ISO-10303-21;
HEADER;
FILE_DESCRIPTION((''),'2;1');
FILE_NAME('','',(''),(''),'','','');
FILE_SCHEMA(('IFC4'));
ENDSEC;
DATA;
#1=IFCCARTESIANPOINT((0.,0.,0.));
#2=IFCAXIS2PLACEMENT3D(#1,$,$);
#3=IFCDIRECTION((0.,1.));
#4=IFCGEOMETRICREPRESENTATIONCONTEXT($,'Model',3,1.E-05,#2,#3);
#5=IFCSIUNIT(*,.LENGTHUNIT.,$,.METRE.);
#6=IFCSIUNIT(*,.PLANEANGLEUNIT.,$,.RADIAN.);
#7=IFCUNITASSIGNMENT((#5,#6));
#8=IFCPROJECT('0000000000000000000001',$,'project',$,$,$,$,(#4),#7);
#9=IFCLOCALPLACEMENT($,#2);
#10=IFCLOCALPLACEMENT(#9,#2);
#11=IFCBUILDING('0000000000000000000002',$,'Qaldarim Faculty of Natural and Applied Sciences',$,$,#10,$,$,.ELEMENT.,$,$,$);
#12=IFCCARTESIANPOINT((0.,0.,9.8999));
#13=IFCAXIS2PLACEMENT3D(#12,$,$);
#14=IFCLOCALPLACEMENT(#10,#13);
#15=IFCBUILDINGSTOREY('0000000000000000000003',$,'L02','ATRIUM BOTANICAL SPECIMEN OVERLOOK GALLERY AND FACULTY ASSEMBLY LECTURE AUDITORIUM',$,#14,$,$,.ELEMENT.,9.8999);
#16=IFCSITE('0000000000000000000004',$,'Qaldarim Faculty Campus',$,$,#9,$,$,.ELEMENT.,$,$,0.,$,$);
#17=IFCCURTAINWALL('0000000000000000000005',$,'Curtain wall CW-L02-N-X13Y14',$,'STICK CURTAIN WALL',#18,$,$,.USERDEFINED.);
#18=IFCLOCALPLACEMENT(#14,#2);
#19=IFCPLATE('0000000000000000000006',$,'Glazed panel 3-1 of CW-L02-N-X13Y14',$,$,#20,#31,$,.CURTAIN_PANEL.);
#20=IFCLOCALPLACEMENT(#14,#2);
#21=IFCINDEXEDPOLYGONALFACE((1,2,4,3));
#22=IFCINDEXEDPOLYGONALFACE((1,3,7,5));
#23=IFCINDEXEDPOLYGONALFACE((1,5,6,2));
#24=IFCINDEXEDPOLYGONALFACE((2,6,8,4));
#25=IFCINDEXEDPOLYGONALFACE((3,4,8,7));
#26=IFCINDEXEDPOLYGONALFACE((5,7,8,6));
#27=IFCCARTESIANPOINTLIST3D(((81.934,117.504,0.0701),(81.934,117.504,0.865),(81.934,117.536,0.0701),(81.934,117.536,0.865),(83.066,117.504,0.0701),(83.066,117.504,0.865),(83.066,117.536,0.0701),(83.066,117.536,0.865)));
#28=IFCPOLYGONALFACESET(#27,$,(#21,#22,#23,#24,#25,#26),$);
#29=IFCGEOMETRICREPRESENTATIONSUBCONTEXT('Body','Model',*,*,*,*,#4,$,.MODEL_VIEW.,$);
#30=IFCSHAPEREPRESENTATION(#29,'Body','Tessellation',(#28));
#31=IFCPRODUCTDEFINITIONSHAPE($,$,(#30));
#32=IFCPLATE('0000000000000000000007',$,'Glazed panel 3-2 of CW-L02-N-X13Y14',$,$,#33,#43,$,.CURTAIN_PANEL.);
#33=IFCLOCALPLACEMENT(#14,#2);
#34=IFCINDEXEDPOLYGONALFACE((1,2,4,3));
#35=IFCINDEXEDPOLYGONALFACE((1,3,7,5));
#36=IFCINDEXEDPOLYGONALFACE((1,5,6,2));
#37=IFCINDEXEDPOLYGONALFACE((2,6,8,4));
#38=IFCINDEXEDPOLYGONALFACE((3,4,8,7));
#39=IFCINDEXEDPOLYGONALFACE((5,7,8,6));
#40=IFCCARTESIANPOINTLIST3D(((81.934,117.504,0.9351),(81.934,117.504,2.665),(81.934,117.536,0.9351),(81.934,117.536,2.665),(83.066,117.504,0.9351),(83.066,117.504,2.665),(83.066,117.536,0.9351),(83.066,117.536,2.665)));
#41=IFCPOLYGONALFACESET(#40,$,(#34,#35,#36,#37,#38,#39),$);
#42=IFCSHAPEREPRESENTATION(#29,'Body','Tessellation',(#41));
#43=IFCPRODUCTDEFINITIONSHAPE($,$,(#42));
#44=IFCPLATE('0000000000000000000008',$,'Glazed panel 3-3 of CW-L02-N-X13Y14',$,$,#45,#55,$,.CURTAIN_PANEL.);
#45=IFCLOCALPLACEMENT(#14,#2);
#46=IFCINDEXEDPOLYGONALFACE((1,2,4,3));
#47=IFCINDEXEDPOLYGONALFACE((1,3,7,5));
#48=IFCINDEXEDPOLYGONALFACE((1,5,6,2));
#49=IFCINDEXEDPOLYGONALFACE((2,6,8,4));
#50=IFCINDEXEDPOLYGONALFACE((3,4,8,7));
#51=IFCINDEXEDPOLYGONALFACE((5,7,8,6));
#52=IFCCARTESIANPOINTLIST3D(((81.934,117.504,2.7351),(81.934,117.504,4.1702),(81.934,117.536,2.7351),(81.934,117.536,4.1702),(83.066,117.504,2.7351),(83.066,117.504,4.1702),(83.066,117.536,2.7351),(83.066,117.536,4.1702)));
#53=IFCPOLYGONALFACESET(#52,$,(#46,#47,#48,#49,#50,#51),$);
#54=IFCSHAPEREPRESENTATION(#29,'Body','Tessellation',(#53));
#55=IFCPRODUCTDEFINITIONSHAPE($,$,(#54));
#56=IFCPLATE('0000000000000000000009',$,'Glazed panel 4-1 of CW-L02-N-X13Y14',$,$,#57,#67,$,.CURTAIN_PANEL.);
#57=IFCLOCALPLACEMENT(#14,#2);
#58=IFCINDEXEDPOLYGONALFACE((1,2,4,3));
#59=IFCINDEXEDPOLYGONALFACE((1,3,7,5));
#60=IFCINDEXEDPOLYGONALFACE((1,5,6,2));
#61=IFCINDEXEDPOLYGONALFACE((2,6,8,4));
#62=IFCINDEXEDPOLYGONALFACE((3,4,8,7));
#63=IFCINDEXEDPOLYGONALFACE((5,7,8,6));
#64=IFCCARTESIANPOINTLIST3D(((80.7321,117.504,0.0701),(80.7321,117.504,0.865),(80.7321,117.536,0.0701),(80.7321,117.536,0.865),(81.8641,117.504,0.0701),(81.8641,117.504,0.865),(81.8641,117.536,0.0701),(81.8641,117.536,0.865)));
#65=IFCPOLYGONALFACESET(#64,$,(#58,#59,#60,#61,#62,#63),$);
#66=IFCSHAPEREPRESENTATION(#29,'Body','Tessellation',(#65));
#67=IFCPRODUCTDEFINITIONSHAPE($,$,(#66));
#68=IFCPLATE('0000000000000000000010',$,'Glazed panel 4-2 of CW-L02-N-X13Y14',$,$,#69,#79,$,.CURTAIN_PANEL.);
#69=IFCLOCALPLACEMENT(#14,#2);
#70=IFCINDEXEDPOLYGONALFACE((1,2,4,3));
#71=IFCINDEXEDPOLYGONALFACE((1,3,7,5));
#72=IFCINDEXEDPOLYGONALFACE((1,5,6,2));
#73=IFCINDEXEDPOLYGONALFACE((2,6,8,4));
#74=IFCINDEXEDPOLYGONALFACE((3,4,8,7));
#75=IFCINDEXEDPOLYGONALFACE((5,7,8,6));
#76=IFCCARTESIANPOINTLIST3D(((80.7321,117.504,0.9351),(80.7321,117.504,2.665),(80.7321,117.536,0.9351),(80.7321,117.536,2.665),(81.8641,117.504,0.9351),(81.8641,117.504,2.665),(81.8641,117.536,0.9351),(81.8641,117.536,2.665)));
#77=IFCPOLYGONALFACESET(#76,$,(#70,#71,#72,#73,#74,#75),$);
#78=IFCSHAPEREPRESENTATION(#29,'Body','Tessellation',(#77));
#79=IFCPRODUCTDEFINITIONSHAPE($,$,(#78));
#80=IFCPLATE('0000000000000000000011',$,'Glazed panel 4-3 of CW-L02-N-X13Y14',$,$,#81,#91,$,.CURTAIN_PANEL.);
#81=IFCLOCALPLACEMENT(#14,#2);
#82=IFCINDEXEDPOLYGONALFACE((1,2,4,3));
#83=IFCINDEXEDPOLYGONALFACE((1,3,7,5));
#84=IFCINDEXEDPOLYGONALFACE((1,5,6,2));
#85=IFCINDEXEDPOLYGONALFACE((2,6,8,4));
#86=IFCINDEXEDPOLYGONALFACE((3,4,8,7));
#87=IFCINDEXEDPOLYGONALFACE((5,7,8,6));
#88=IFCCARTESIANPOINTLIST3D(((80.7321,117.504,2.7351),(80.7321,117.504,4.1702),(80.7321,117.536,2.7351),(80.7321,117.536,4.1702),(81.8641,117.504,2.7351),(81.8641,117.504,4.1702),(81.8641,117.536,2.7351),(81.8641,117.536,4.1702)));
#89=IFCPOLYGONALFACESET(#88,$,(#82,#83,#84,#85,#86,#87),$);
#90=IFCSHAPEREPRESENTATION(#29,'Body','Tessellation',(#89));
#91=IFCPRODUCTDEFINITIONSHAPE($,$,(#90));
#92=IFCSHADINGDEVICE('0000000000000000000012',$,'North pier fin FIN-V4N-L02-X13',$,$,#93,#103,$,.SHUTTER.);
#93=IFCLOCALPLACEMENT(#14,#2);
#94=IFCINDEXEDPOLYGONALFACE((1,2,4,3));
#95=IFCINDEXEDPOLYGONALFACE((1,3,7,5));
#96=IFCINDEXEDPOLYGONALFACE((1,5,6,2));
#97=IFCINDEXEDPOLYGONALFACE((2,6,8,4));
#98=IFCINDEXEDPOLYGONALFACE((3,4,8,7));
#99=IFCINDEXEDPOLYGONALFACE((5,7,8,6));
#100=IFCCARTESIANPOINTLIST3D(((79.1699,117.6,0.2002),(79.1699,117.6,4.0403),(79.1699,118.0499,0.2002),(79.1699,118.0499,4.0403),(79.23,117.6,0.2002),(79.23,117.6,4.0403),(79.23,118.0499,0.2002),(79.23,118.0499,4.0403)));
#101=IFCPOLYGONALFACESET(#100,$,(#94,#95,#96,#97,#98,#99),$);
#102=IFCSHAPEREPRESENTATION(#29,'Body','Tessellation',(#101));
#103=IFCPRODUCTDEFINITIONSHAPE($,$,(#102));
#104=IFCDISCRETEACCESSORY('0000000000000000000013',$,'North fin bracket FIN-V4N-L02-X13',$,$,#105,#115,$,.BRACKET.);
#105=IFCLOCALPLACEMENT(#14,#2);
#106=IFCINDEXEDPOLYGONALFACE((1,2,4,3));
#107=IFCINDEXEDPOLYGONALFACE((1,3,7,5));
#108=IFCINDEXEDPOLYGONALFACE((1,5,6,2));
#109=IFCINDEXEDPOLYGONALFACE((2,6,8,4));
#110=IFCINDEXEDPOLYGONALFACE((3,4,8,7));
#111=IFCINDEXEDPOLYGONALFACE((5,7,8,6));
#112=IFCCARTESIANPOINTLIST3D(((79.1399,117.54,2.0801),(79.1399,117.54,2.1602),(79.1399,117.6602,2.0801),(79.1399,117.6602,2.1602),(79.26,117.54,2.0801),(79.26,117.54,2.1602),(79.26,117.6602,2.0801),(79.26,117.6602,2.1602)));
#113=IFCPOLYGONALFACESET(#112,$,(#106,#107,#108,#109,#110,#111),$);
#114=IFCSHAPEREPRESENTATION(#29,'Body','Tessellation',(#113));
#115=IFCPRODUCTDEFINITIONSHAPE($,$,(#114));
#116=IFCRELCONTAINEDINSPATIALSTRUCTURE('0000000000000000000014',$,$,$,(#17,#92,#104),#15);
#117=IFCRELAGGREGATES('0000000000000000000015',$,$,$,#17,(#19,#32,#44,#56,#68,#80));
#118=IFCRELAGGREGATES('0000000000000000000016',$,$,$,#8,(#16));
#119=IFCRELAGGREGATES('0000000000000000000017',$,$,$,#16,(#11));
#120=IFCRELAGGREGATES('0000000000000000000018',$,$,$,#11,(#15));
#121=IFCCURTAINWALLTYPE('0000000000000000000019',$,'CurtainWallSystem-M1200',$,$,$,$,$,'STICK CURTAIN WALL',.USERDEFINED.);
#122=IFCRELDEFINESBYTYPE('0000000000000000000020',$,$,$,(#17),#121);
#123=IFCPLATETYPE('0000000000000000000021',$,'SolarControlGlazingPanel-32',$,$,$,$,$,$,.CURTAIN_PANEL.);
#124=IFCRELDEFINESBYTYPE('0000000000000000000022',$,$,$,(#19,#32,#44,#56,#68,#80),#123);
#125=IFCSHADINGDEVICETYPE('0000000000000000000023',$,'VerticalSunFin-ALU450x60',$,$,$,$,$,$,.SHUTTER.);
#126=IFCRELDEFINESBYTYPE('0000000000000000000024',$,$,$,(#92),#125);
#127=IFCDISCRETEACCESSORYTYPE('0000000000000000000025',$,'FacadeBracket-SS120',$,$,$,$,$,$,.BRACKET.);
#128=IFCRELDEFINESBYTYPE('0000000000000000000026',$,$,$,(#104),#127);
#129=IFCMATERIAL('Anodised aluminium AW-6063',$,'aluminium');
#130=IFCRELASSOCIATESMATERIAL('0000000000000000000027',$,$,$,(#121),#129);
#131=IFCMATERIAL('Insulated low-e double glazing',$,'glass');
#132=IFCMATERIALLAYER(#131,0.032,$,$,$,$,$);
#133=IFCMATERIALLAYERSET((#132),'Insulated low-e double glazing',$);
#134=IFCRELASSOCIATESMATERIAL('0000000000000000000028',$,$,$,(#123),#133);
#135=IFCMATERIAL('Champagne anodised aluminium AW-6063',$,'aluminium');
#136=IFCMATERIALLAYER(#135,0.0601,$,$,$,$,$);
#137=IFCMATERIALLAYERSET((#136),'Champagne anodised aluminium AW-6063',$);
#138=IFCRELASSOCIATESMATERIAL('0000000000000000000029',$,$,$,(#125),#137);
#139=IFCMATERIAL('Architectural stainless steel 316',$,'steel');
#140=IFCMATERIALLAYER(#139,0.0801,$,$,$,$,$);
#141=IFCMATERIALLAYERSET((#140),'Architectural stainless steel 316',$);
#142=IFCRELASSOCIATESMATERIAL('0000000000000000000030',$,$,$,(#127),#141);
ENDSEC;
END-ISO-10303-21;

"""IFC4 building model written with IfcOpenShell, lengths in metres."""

from ifc_helpers import new_model, si_unit, direction, frame, origin, origin_2d, place, context, subcontext, project, spatial, rectangle, extrude, material, layer, layer_set, type_object, element, aggregate, save


model = new_model("IFC4")

# Units and contexts
model_context = context("Model", 3, precision=1e-05, world=origin(), true_north=direction((0.0, 1.0)))
body_context = subcontext(model_context, "Body", "Model", "MODEL_VIEW")
ifc_project = project(units=[si_unit("LENGTHUNIT", "METRE"), si_unit("PLANEANGLEUNIT", "RADIAN")], contexts=[model_context])

# Site, building, storey
site_placement = place(None, origin())
site = spatial("IfcSite", under=ifc_project, at=site_placement, Name="Qaldarim Faculty Campus", CompositionType="ELEMENT", RefElevation=0.0)
building_placement = place(site_placement, origin())
building = spatial("IfcBuilding", under=site, at=building_placement, Name="Qaldarim Faculty of Natural and Applied Sciences", CompositionType="ELEMENT")
storey_placement = place(building_placement, frame((0.0, 0.0, 9.8999)))
storey = spatial("IfcBuildingStorey", under=building, at=storey_placement, Name="L02", Description="ATRIUM BOTANICAL SPECIMEN OVERLOOK GALLERY AND FACULTY ASSEMBLY LECTURE AUDITORIUM", CompositionType="ELEMENT", Elevation=9.8999)

# Curtain wall
ifc_material_1 = material(Name="Anodised aluminium AW-6063", Category="aluminium")
curtain_wall_type = type_object("IfcCurtainWallType", Name="CurtainWallSystem-M1200", ElementType="STICK CURTAIN WALL", PredefinedType="USERDEFINED", material=ifc_material_1)
curtain_wall_placement = place(storey_placement, origin())
curtain_wall = element("IfcCurtainWall", 1, at=curtain_wall_placement, inside=storey, type_object=curtain_wall_type, Name="Curtain wall CW-L02-N-X13Y14", ObjectType="STICK CURTAIN WALL", PredefinedType="USERDEFINED")

# Plates
ifc_material_2 = material(Name="Insulated low-e double glazing", Category="glass")
ifc_layer_1 = layer(ifc_material_2, 0.032)
ifc_layer_set_1 = layer_set([ifc_layer_1], Name="Insulated low-e double glazing")
plate_type = type_object("IfcPlateType", Name="SolarControlGlazingPanel-32", PredefinedType="CURTAIN_PANEL", material=ifc_layer_set_1)
plate_1_placement = place(storey_placement, frame((82.5, 117.52, 0.0701), z_axis=(0.0, 0.0, 1.0), x_axis=(-1.0, 0.0, 0.0)))
plate_1 = element("IfcPlate", 2, at=plate_1_placement, type_object=plate_type, Name="Glazed panel 3-1 of CW-L02-N-X13Y14", PredefinedType="CURTAIN_PANEL", context=body_context, shape_type="SweptSolid", body=[
    extrude(rectangle(XDim=1.1321, YDim=0.032, at=origin_2d()), origin(), (0.0, 0.0, 1.0), 0.7949),
])
plate_2_placement = place(storey_placement, frame((82.5, 117.52, 0.9351), z_axis=(0.0, 0.0, 1.0), x_axis=(-1.0, 0.0, 0.0)))
plate_2 = element("IfcPlate", 3, at=plate_2_placement, type_object=plate_type, Name="Glazed panel 3-2 of CW-L02-N-X13Y14", PredefinedType="CURTAIN_PANEL", context=body_context, shape_type="SweptSolid", body=[
    extrude(rectangle(XDim=1.1321, YDim=0.032, at=origin_2d()), origin(), (0.0, 0.0, 1.0), 1.73),
])
plate_3_placement = place(storey_placement, frame((82.5, 117.52, 2.7351), z_axis=(0.0, 0.0, 1.0), x_axis=(-1.0, 0.0, 0.0)))
plate_3 = element("IfcPlate", 4, at=plate_3_placement, type_object=plate_type, Name="Glazed panel 3-3 of CW-L02-N-X13Y14", PredefinedType="CURTAIN_PANEL", context=body_context, shape_type="SweptSolid", body=[
    extrude(rectangle(XDim=1.1321, YDim=0.032, at=origin_2d()), origin(), (0.0, 0.0, 1.0), 1.4351),
])
plate_4_placement = place(storey_placement, frame((81.2981, 117.52, 0.0701), z_axis=(0.0, 0.0, 1.0), x_axis=(-1.0, 0.0, 0.0)))
plate_4 = element("IfcPlate", 5, at=plate_4_placement, type_object=plate_type, Name="Glazed panel 4-1 of CW-L02-N-X13Y14", PredefinedType="CURTAIN_PANEL", context=body_context, shape_type="SweptSolid", body=[
    extrude(rectangle(XDim=1.1321, YDim=0.032, at=origin_2d()), origin(), (0.0, 0.0, 1.0), 0.7949),
])
plate_5_placement = place(storey_placement, frame((81.2981, 117.52, 0.9351), z_axis=(0.0, 0.0, 1.0), x_axis=(-1.0, 0.0, 0.0)))
plate_5 = element("IfcPlate", 6, at=plate_5_placement, type_object=plate_type, Name="Glazed panel 4-2 of CW-L02-N-X13Y14", PredefinedType="CURTAIN_PANEL", context=body_context, shape_type="SweptSolid", body=[
    extrude(rectangle(XDim=1.1321, YDim=0.032, at=origin_2d()), origin(), (0.0, 0.0, 1.0), 1.73),
])
plate_6_placement = place(storey_placement, frame((81.2981, 117.52, 2.7351), z_axis=(0.0, 0.0, 1.0), x_axis=(-1.0, 0.0, 0.0)))
plate_6 = element("IfcPlate", 7, at=plate_6_placement, type_object=plate_type, Name="Glazed panel 4-3 of CW-L02-N-X13Y14", PredefinedType="CURTAIN_PANEL", context=body_context, shape_type="SweptSolid", body=[
    extrude(rectangle(XDim=1.1321, YDim=0.032, at=origin_2d()), origin(), (0.0, 0.0, 1.0), 1.4351),
])
aggregate(curtain_wall, [plate_1, plate_2, plate_3, plate_4, plate_5, plate_6])

# Shading device
ifc_material_3 = material(Name="Champagne anodised aluminium AW-6063", Category="aluminium")
ifc_layer_2 = layer(ifc_material_3, 0.0601)
ifc_layer_set_2 = layer_set([ifc_layer_2], Name="Champagne anodised aluminium AW-6063")
shading_device_type = type_object("IfcShadingDeviceType", Name="VerticalSunFin-ALU450x60", PredefinedType="SHUTTER", material=ifc_layer_set_2)
shading_device_placement = place(storey_placement, frame((79.2, 117.825, 0.2002), z_axis=(0.0, 0.0, 1.0), x_axis=(1.0, 0.0, 0.0)))
element("IfcShadingDevice", 8, at=shading_device_placement, inside=storey, type_object=shading_device_type, Name="North pier fin FIN-V4N-L02-X13", PredefinedType="SHUTTER", context=body_context, shape_type="SweptSolid", body=[
    extrude(rectangle(XDim=0.0601, YDim=0.45, at=origin_2d()), origin(), (0.0, 0.0, 1.0), 3.8401),
])

# Discrete accessory
ifc_material_4 = material(Name="Architectural stainless steel 316", Category="steel")
ifc_layer_3 = layer(ifc_material_4, 0.0801)
ifc_layer_set_3 = layer_set([ifc_layer_3], Name="Architectural stainless steel 316")
discrete_accessory_type = type_object("IfcDiscreteAccessoryType", Name="FacadeBracket-SS120", PredefinedType="BRACKET", material=ifc_layer_set_3)
discrete_accessory_placement = place(storey_placement, frame((79.2, 117.6001, 2.0801), z_axis=(0.0, 0.0, 1.0), x_axis=(1.0, 0.0, 0.0)))
element("IfcDiscreteAccessory", 9, at=discrete_accessory_placement, inside=storey, type_object=discrete_accessory_type, Name="North fin bracket FIN-V4N-L02-X13", PredefinedType="BRACKET", context=body_context, shape_type="SweptSolid", body=[
    extrude(rectangle(XDim=0.1201, YDim=0.1201, at=origin_2d()), origin(), (0.0, 0.0, 1.0), 0.0801),
])

save(model, "model.ifc")
